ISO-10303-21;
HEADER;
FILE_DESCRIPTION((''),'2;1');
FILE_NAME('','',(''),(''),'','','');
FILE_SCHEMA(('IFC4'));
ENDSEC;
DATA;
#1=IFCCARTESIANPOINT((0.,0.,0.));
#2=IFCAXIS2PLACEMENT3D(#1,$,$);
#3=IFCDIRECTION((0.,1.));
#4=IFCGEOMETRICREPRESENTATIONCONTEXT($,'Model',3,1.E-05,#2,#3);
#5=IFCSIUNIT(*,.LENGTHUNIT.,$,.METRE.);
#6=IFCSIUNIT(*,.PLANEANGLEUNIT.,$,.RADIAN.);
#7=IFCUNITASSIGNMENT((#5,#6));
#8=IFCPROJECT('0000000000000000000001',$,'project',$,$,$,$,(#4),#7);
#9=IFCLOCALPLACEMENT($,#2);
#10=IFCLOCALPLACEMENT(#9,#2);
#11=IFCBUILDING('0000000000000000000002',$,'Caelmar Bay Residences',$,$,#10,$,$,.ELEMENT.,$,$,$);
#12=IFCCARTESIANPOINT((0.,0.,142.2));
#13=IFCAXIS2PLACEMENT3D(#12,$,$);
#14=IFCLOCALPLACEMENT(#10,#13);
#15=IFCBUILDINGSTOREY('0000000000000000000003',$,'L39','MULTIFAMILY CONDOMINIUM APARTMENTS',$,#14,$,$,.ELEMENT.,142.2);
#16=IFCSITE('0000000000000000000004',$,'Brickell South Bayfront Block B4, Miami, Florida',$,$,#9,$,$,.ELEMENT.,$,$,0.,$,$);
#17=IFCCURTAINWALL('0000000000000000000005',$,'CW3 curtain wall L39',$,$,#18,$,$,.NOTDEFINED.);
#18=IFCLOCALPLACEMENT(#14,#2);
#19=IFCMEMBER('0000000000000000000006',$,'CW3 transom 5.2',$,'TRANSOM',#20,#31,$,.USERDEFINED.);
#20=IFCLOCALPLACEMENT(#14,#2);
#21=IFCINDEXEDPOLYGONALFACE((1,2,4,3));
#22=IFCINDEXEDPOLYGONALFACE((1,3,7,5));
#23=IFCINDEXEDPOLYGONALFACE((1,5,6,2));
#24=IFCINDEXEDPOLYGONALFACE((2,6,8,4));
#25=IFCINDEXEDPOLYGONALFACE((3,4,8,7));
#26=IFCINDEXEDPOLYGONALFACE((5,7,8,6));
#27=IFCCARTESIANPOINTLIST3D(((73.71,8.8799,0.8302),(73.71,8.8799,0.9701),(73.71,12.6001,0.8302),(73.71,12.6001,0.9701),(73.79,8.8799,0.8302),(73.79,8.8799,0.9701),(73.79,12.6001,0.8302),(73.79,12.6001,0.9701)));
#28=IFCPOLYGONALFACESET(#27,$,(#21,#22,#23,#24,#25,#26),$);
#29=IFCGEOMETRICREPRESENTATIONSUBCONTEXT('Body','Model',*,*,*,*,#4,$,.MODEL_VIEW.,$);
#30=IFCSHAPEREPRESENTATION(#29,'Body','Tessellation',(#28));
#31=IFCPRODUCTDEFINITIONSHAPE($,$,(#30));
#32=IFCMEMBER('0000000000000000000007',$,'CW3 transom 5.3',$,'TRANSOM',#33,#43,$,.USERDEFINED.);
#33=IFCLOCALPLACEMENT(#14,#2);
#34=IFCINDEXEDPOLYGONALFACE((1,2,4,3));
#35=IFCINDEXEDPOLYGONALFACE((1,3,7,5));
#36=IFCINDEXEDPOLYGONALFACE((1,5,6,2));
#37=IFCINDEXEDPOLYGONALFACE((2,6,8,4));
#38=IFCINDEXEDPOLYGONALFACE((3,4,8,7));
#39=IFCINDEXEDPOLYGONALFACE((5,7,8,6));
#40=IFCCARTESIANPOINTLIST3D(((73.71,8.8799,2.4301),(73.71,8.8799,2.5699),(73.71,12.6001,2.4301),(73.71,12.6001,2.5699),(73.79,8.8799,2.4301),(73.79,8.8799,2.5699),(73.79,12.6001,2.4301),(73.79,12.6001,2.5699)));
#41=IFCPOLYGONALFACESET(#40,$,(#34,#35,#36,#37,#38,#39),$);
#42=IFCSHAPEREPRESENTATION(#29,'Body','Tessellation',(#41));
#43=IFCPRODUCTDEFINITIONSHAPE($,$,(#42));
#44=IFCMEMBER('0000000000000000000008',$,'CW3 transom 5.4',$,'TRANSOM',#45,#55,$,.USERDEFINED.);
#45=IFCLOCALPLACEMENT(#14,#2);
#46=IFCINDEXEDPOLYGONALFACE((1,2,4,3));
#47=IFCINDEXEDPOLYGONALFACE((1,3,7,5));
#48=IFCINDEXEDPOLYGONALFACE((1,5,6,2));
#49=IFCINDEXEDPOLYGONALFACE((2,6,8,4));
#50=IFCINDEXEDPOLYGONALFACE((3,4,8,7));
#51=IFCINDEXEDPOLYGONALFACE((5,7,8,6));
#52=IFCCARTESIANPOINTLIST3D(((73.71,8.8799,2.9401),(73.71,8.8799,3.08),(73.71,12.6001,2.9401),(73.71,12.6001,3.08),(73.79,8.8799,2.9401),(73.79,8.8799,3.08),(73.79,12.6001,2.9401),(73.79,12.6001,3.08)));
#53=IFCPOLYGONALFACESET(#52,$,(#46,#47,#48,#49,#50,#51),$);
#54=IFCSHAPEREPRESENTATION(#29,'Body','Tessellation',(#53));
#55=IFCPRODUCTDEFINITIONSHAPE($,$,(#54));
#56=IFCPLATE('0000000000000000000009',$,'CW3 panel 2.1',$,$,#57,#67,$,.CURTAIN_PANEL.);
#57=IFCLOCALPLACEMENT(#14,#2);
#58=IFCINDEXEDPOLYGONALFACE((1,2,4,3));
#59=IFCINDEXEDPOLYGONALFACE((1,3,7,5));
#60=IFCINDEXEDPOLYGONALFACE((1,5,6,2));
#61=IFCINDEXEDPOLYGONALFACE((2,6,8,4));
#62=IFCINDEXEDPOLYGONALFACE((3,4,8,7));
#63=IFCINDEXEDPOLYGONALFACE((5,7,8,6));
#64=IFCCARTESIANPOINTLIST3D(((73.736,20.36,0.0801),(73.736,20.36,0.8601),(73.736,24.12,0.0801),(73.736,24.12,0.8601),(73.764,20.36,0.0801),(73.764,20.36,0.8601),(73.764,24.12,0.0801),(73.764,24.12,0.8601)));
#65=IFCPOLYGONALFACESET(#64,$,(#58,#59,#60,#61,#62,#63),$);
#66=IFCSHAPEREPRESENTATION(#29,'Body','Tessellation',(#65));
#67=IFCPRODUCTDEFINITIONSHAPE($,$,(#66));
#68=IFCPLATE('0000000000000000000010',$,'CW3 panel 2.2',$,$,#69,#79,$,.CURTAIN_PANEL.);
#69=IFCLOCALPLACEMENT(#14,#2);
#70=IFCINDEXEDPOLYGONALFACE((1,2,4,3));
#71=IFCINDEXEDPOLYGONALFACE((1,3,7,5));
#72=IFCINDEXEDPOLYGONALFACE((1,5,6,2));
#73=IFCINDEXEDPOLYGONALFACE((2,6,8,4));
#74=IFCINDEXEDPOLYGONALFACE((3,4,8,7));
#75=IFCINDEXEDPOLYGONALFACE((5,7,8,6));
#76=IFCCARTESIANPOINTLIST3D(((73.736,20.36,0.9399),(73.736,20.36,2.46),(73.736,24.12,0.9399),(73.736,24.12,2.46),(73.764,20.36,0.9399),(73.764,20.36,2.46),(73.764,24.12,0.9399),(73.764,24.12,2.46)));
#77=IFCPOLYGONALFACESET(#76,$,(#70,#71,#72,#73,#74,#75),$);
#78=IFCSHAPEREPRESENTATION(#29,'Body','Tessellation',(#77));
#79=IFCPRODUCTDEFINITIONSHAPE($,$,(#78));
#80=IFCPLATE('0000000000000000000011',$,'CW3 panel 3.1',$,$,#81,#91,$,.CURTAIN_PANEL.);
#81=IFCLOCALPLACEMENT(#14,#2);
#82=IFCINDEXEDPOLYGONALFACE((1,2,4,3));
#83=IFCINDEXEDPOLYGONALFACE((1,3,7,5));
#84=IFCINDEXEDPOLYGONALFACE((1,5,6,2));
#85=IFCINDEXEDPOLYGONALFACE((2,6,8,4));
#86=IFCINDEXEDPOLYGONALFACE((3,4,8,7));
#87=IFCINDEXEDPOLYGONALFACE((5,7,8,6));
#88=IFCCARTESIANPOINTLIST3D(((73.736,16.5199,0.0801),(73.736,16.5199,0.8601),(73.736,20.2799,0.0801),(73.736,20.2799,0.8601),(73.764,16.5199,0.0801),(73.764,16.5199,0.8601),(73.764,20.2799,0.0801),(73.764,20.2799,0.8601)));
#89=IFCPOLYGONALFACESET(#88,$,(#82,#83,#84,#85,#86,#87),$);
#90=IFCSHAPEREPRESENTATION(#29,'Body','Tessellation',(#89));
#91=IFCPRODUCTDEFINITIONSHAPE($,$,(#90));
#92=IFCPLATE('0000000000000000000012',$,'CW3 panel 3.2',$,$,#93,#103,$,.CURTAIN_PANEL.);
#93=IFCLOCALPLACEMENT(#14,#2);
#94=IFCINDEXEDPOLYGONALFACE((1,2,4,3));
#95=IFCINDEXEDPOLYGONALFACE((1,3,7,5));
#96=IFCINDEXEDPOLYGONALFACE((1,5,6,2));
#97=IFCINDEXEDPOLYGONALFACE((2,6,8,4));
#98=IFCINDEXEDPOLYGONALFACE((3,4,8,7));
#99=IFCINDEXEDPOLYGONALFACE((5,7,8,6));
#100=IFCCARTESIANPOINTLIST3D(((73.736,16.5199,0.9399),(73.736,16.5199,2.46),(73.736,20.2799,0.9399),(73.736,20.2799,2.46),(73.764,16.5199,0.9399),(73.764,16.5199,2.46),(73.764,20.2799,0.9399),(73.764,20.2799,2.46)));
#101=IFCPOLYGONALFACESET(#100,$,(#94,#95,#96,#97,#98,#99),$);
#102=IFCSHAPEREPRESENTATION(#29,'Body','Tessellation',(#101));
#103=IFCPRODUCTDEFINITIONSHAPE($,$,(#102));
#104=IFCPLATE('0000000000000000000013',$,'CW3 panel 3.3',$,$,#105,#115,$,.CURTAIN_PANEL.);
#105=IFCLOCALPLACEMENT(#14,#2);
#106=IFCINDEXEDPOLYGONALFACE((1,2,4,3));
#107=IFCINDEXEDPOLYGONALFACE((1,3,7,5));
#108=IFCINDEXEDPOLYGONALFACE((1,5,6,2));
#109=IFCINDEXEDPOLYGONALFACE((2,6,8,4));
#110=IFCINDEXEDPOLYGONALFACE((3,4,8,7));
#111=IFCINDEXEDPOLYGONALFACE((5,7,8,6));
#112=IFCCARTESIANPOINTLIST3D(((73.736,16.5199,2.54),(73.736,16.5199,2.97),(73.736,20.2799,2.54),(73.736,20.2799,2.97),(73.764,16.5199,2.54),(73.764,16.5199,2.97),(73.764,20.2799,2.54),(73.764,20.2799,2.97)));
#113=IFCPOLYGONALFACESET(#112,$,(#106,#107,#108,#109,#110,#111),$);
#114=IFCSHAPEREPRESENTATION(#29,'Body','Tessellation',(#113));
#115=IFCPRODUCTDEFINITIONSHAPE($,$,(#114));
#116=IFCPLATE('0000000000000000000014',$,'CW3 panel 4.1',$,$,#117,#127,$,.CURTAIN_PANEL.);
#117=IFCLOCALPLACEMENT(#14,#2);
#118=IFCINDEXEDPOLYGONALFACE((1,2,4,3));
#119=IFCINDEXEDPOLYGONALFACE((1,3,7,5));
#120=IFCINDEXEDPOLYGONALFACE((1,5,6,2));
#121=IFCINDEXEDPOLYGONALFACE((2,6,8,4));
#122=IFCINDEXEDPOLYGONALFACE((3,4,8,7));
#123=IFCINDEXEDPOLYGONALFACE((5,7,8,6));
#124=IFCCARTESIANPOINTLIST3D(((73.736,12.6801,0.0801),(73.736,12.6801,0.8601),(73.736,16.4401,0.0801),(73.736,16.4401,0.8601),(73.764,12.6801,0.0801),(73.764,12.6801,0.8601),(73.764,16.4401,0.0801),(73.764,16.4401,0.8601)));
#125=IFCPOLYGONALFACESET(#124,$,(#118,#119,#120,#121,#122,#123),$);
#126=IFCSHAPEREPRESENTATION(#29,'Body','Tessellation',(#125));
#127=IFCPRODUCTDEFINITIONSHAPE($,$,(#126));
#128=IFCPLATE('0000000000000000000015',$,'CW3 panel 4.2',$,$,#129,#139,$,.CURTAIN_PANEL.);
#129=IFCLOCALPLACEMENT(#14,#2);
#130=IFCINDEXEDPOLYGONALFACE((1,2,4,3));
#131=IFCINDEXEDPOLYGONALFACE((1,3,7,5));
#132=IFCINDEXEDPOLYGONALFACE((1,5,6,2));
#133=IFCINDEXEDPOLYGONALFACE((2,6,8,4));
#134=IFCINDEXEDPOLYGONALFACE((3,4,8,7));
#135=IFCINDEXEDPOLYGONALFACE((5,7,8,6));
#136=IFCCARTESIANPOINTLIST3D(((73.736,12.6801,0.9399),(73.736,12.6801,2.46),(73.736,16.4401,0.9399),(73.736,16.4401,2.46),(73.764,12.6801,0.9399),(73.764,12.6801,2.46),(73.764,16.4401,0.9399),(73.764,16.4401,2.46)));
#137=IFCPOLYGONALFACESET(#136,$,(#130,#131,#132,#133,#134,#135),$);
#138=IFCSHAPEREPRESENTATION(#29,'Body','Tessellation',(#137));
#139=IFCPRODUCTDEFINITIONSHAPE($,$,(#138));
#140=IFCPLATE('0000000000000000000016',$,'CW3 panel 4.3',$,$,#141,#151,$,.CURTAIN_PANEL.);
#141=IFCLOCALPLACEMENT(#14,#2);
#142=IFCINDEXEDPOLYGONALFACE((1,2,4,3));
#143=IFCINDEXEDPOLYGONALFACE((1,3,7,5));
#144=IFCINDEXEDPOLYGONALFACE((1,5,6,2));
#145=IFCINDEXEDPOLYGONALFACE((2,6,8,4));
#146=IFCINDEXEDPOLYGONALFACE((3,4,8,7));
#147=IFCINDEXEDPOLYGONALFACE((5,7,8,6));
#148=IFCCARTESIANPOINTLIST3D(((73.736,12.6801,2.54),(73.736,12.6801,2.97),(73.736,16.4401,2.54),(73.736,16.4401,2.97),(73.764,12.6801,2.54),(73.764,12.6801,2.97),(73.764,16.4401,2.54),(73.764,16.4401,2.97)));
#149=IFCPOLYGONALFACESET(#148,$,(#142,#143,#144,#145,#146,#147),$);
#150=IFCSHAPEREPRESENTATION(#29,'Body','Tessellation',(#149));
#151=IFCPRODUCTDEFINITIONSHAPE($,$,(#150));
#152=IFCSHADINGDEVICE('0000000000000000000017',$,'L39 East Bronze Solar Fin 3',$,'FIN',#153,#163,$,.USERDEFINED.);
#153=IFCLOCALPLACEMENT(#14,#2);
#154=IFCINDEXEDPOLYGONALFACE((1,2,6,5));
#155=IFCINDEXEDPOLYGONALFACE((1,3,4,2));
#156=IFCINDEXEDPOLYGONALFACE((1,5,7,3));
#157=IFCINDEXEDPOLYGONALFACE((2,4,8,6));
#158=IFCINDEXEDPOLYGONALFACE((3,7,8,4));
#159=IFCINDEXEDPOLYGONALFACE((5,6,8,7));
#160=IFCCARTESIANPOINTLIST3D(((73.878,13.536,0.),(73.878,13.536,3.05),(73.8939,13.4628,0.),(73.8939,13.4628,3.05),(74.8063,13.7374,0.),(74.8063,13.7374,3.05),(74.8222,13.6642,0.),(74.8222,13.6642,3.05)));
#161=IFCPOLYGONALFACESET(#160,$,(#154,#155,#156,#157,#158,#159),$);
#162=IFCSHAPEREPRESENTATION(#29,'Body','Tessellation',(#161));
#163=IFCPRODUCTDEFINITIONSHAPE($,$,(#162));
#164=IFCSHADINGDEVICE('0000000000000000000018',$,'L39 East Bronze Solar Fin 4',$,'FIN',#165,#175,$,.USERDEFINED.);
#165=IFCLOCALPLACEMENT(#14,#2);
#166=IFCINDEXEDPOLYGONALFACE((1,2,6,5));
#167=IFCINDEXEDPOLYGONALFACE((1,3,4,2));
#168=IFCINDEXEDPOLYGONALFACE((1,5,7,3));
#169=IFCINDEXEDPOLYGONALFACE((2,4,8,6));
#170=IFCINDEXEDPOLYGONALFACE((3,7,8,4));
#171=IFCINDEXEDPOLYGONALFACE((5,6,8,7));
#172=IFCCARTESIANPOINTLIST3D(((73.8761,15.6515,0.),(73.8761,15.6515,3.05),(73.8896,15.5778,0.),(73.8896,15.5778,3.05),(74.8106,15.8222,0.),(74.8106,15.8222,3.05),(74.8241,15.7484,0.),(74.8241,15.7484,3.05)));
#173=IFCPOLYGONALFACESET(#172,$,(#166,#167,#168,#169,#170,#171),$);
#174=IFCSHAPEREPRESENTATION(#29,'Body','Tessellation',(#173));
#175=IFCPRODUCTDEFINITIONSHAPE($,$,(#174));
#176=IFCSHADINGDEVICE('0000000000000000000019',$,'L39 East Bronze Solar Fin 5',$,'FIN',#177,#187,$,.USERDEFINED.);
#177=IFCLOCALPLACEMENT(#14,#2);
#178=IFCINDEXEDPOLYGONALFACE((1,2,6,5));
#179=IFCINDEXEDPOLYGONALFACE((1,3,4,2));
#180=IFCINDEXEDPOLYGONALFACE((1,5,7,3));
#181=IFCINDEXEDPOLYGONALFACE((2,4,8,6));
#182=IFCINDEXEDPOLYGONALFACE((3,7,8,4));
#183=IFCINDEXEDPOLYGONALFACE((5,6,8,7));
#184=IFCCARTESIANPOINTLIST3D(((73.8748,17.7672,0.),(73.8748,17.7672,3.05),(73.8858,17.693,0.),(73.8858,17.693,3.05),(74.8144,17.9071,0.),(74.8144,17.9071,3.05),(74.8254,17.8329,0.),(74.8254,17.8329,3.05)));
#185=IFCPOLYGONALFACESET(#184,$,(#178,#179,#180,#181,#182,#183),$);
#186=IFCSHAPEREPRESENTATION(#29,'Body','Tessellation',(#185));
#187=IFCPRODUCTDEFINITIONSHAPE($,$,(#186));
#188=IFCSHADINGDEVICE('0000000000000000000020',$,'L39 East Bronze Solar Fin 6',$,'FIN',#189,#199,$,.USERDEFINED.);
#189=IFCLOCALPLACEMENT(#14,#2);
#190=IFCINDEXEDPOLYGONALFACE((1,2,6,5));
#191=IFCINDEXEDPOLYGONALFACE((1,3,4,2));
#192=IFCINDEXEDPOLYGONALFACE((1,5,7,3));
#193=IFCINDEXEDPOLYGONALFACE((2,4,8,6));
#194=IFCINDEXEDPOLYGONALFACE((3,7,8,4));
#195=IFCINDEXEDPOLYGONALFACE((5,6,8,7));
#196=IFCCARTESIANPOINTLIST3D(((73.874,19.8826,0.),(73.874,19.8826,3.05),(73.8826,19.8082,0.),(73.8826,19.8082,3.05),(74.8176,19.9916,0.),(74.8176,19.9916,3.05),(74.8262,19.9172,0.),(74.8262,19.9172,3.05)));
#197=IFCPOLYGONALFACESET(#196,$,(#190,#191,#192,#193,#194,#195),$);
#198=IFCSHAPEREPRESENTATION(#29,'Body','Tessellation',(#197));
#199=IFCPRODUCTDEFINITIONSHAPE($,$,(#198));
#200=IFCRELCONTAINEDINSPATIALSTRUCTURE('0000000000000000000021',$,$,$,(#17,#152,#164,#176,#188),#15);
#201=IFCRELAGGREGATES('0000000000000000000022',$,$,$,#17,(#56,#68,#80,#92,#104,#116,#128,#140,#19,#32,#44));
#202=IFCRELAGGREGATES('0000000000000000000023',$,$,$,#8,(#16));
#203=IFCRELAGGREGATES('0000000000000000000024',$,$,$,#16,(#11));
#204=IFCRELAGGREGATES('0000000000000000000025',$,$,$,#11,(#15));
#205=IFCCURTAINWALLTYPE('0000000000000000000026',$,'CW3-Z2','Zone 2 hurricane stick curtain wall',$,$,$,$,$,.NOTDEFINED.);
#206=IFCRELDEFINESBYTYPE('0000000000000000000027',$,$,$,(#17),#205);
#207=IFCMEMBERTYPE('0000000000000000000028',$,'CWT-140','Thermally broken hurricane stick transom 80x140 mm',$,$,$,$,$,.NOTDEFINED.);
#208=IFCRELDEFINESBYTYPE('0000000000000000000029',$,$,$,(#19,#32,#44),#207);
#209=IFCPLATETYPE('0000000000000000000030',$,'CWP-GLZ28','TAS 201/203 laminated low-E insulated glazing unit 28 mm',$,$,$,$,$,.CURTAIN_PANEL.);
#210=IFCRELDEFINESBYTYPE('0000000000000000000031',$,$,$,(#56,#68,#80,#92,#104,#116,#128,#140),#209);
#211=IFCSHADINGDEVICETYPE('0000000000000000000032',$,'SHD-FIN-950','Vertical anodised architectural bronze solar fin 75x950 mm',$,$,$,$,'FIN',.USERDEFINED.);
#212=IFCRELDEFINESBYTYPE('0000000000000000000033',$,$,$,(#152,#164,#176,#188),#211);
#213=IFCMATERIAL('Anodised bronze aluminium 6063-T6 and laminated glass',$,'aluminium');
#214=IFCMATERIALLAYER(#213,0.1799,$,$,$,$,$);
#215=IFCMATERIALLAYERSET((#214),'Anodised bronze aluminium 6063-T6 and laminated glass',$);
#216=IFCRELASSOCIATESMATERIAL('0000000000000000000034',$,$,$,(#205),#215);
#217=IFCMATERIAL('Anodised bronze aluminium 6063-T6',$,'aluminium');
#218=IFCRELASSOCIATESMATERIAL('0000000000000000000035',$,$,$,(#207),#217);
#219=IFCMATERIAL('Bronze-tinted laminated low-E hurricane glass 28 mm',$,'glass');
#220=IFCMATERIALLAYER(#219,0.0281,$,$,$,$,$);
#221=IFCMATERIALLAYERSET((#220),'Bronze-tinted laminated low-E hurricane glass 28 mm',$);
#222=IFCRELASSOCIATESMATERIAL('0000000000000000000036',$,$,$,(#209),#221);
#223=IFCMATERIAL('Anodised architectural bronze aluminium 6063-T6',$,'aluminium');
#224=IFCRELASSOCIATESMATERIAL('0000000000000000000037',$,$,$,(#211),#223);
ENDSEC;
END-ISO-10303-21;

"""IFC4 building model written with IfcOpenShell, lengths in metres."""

from ifc_helpers import new_model, si_unit, direction, frame, origin, origin_2d, place, context, subcontext, project, spatial, rectangle, extrude, material, layer, layer_set, material_profile, profile_set, type_object, element, aggregate, save


model = new_model("IFC4")

# Units and contexts
model_context = context("Model", 3, precision=1e-05, world=origin(), true_north=direction((0.0, 1.0)))
body_context = subcontext(model_context, "Body", "Model", "MODEL_VIEW")
ifc_project = project(units=[si_unit("LENGTHUNIT", "METRE"), si_unit("PLANEANGLEUNIT", "RADIAN")], contexts=[model_context])

# Site, building, storey
site_placement = place(None, origin())
site = spatial("IfcSite", under=ifc_project, at=site_placement, Name="Brickell South Bayfront Block B4, Miami, Florida", CompositionType="ELEMENT", RefElevation=0.0)
building_placement = place(site_placement, origin())
building = spatial("IfcBuilding", under=site, at=building_placement, Name="Caelmar Bay Residences", CompositionType="ELEMENT")
storey_placement = place(building_placement, frame((0.0, 0.0, 142.2)))
storey = spatial("IfcBuildingStorey", under=building, at=storey_placement, Name="L39", Description="MULTIFAMILY CONDOMINIUM APARTMENTS", CompositionType="ELEMENT", Elevation=142.2)

# Curtain wall, members, plates
ifc_material_1 = material(Name="Anodised bronze aluminium 6063-T6 and laminated glass", Category="aluminium")
ifc_layer_1 = layer(ifc_material_1, 0.1799)
ifc_layer_set_1 = layer_set([ifc_layer_1], Name="Anodised bronze aluminium 6063-T6 and laminated glass")
curtain_wall_type = type_object("IfcCurtainWallType", Name="CW3-Z2", Description="Zone 2 hurricane stick curtain wall", PredefinedType="NOTDEFINED", material=ifc_layer_set_1)
curtain_wall_placement = place(storey_placement, origin())
curtain_wall = element("IfcCurtainWall", 1, at=curtain_wall_placement, inside=storey, type_object=curtain_wall_type, Name="CW3 curtain wall L39", PredefinedType="NOTDEFINED")
ifc_material_2 = material(Name="Anodised bronze aluminium 6063-T6", Category="aluminium")
ifc_material_profile_1 = material_profile(ifc_material_2, rectangle(XDim=0.0801, YDim=0.1399, at=origin_2d()), Name="CWT-80X140")
ifc_profile_set_1 = profile_set([ifc_material_profile_1], Name="Anodised bronze aluminium 6063-T6")
member_type_1 = type_object("IfcMemberType", Name="CWT-140", Description="Thermally broken hurricane stick transom 80x140 mm", PredefinedType="NOTDEFINED", material=ifc_profile_set_1)
member_1_placement = place(storey_placement, frame((73.75, 12.6001, 0.9001), z_axis=(0.0, -1.0, 0.0), x_axis=(1.0, 0.0, 0.0)))
member_1 = element("IfcMember", 2, at=member_1_placement, type_object=member_type_1, Name="CW3 transom 5.2", ObjectType="TRANSOM", PredefinedType="USERDEFINED", context=body_context, shape_type="SweptSolid", body=[
    extrude(rectangle(XDim=0.0801, YDim=0.1399, at=origin_2d()), origin(), (0.0, 0.0, 1.0), 3.7202),
])
member_2_placement = place(storey_placement, frame((73.75, 12.6001, 2.5), z_axis=(0.0, -1.0, 0.0), x_axis=(1.0, 0.0, 0.0)))
member_2 = element("IfcMember", 3, at=member_2_placement, type_object=member_type_1, Name="CW3 transom 5.3", ObjectType="TRANSOM", PredefinedType="USERDEFINED", context=body_context, shape_type="SweptSolid", body=[
    extrude(rectangle(XDim=0.0801, YDim=0.1399, at=origin_2d()), origin(), (0.0, 0.0, 1.0), 3.7202),
])
member_3_placement = place(storey_placement, frame((73.75, 12.6001, 3.01), z_axis=(0.0, -1.0, 0.0), x_axis=(1.0, 0.0, 0.0)))
member_3 = element("IfcMember", 4, at=member_3_placement, type_object=member_type_1, Name="CW3 transom 5.4", ObjectType="TRANSOM", PredefinedType="USERDEFINED", context=body_context, shape_type="SweptSolid", body=[
    extrude(rectangle(XDim=0.0801, YDim=0.1399, at=origin_2d()), origin(), (0.0, 0.0, 1.0), 3.7202),
])
ifc_material_3 = material(Name="Bronze-tinted laminated low-E hurricane glass 28 mm", Category="glass")
ifc_layer_2 = layer(ifc_material_3, 0.0281)
ifc_layer_set_2 = layer_set([ifc_layer_2], Name="Bronze-tinted laminated low-E hurricane glass 28 mm")
plate_type = type_object("IfcPlateType", Name="CWP-GLZ28", Description="TAS 201/203 laminated low-E insulated glazing unit 28 mm", PredefinedType="CURTAIN_PANEL", material=ifc_layer_set_2)
plate_1_placement = place(storey_placement, frame((73.75, 22.24, 0.0801), z_axis=(0.0, 0.0, 1.0), x_axis=(0.0, -1.0, 0.0)))
plate_1 = element("IfcPlate", 5, at=plate_1_placement, type_object=plate_type, Name="CW3 panel 2.1", PredefinedType="CURTAIN_PANEL", context=body_context, shape_type="SweptSolid", body=[
    extrude(rectangle(XDim=3.76, YDim=0.0281, at=origin_2d()), origin(), (0.0, 0.0, 1.0), 0.78),
])
plate_2_placement = place(storey_placement, frame((73.75, 22.24, 0.9399), z_axis=(0.0, 0.0, 1.0), x_axis=(0.0, -1.0, 0.0)))
plate_2 = element("IfcPlate", 6, at=plate_2_placement, type_object=plate_type, Name="CW3 panel 2.2", PredefinedType="CURTAIN_PANEL", context=body_context, shape_type="SweptSolid", body=[
    extrude(rectangle(XDim=3.76, YDim=0.0281, at=origin_2d()), origin(), (0.0, 0.0, 1.0), 1.52),
])
plate_3_placement = place(storey_placement, frame((73.75, 18.3999, 0.0801), z_axis=(0.0, 0.0, 1.0), x_axis=(0.0, -1.0, 0.0)))
plate_3 = element("IfcPlate", 7, at=plate_3_placement, type_object=plate_type, Name="CW3 panel 3.1", PredefinedType="CURTAIN_PANEL", context=body_context, shape_type="SweptSolid", body=[
    extrude(rectangle(XDim=3.76, YDim=0.0281, at=origin_2d()), origin(), (0.0, 0.0, 1.0), 0.78),
])
plate_4_placement = place(storey_placement, frame((73.75, 18.3999, 0.9399), z_axis=(0.0, 0.0, 1.0), x_axis=(0.0, -1.0, 0.0)))
plate_4 = element("IfcPlate", 8, at=plate_4_placement, type_object=plate_type, Name="CW3 panel 3.2", PredefinedType="CURTAIN_PANEL", context=body_context, shape_type="SweptSolid", body=[
    extrude(rectangle(XDim=3.76, YDim=0.0281, at=origin_2d()), origin(), (0.0, 0.0, 1.0), 1.52),
])
plate_5_placement = place(storey_placement, frame((73.75, 18.3999, 2.54), z_axis=(0.0, 0.0, 1.0), x_axis=(0.0, -1.0, 0.0)))
plate_5 = element("IfcPlate", 9, at=plate_5_placement, type_object=plate_type, Name="CW3 panel 3.3", PredefinedType="CURTAIN_PANEL", context=body_context, shape_type="SweptSolid", body=[
    extrude(rectangle(XDim=3.76, YDim=0.0281, at=origin_2d()), origin(), (0.0, 0.0, 1.0), 0.4299),
])
plate_6_placement = place(storey_placement, frame((73.75, 14.5601, 0.0801), z_axis=(0.0, 0.0, 1.0), x_axis=(0.0, -1.0, 0.0)))
plate_6 = element("IfcPlate", 10, at=plate_6_placement, type_object=plate_type, Name="CW3 panel 4.1", PredefinedType="CURTAIN_PANEL", context=body_context, shape_type="SweptSolid", body=[
    extrude(rectangle(XDim=3.76, YDim=0.0281, at=origin_2d()), origin(), (0.0, 0.0, 1.0), 0.78),
])
plate_7_placement = place(storey_placement, frame((73.75, 14.5601, 0.9399), z_axis=(0.0, 0.0, 1.0), x_axis=(0.0, -1.0, 0.0)))
plate_7 = element("IfcPlate", 11, at=plate_7_placement, type_object=plate_type, Name="CW3 panel 4.2", PredefinedType="CURTAIN_PANEL", context=body_context, shape_type="SweptSolid", body=[
    extrude(rectangle(XDim=3.76, YDim=0.0281, at=origin_2d()), origin(), (0.0, 0.0, 1.0), 1.52),
])
plate_8_placement = place(storey_placement, frame((73.75, 14.5601, 2.54), z_axis=(0.0, 0.0, 1.0), x_axis=(0.0, -1.0, 0.0)))
plate_8 = element("IfcPlate", 12, at=plate_8_placement, type_object=plate_type, Name="CW3 panel 4.3", PredefinedType="CURTAIN_PANEL", context=body_context, shape_type="SweptSolid", body=[
    extrude(rectangle(XDim=3.76, YDim=0.0281, at=origin_2d()), origin(), (0.0, 0.0, 1.0), 0.4299),
])
aggregate(curtain_wall, [plate_1, plate_2, plate_3, plate_4, plate_5, plate_6, plate_7, plate_8, member_1, member_2, member_3])

# Shading devices
ifc_material_4 = material(Name="Anodised architectural bronze aluminium 6063-T6", Category="aluminium")
ifc_material_profile_2 = material_profile(ifc_material_4, rectangle(XDim=0.075, YDim=0.95, at=origin_2d()), Name="BRONZE-FIN-75X950")
ifc_profile_set_2 = profile_set([ifc_material_profile_2], Name="Anodised architectural bronze aluminium 6063-T6")
shading_device_type = type_object("IfcShadingDeviceType", Name="SHD-FIN-950", Description="Vertical anodised architectural bronze solar fin 75x950 mm", ElementType="FIN", PredefinedType="USERDEFINED", material=ifc_profile_set_2)
for number, where, z_axis, x_axis, name in (
    (13, (74.3501, 13.6001, 0.0), (0.0, 0.0, 1.0), (-0.212007, 0.977268, 0.0), "L39 East Bronze Solar Fin 3"),
    (14, (74.3501, 15.7, 0.0), (0.0, 0.0, 1.0), (-0.179661, 0.983729, 0.0), "L39 East Bronze Solar Fin 4"),
    (15, (74.3501, 17.8, 0.0), (0.0, 0.0, 1.0), (-0.147292, 0.989093, 0.0), "L39 East Bronze Solar Fin 5"),
    (16, (74.3501, 19.8999, 0.0), (0.0, 0.0, 1.0), (-0.114764, 0.993393, 0.0), "L39 East Bronze Solar Fin 6"),
):
    element("IfcShadingDevice", number, at=place(storey_placement, frame(where, z_axis=z_axis, x_axis=x_axis)), inside=storey, type_object=shading_device_type, Name=name, ObjectType="FIN", PredefinedType="USERDEFINED", context=body_context, shape_type="SweptSolid", body=[
        extrude(rectangle(XDim=0.075, YDim=0.95, at=origin_2d()), origin(), (0.0, 0.0, 1.0), 3.05),
    ])

save(model, "model.ifc")
